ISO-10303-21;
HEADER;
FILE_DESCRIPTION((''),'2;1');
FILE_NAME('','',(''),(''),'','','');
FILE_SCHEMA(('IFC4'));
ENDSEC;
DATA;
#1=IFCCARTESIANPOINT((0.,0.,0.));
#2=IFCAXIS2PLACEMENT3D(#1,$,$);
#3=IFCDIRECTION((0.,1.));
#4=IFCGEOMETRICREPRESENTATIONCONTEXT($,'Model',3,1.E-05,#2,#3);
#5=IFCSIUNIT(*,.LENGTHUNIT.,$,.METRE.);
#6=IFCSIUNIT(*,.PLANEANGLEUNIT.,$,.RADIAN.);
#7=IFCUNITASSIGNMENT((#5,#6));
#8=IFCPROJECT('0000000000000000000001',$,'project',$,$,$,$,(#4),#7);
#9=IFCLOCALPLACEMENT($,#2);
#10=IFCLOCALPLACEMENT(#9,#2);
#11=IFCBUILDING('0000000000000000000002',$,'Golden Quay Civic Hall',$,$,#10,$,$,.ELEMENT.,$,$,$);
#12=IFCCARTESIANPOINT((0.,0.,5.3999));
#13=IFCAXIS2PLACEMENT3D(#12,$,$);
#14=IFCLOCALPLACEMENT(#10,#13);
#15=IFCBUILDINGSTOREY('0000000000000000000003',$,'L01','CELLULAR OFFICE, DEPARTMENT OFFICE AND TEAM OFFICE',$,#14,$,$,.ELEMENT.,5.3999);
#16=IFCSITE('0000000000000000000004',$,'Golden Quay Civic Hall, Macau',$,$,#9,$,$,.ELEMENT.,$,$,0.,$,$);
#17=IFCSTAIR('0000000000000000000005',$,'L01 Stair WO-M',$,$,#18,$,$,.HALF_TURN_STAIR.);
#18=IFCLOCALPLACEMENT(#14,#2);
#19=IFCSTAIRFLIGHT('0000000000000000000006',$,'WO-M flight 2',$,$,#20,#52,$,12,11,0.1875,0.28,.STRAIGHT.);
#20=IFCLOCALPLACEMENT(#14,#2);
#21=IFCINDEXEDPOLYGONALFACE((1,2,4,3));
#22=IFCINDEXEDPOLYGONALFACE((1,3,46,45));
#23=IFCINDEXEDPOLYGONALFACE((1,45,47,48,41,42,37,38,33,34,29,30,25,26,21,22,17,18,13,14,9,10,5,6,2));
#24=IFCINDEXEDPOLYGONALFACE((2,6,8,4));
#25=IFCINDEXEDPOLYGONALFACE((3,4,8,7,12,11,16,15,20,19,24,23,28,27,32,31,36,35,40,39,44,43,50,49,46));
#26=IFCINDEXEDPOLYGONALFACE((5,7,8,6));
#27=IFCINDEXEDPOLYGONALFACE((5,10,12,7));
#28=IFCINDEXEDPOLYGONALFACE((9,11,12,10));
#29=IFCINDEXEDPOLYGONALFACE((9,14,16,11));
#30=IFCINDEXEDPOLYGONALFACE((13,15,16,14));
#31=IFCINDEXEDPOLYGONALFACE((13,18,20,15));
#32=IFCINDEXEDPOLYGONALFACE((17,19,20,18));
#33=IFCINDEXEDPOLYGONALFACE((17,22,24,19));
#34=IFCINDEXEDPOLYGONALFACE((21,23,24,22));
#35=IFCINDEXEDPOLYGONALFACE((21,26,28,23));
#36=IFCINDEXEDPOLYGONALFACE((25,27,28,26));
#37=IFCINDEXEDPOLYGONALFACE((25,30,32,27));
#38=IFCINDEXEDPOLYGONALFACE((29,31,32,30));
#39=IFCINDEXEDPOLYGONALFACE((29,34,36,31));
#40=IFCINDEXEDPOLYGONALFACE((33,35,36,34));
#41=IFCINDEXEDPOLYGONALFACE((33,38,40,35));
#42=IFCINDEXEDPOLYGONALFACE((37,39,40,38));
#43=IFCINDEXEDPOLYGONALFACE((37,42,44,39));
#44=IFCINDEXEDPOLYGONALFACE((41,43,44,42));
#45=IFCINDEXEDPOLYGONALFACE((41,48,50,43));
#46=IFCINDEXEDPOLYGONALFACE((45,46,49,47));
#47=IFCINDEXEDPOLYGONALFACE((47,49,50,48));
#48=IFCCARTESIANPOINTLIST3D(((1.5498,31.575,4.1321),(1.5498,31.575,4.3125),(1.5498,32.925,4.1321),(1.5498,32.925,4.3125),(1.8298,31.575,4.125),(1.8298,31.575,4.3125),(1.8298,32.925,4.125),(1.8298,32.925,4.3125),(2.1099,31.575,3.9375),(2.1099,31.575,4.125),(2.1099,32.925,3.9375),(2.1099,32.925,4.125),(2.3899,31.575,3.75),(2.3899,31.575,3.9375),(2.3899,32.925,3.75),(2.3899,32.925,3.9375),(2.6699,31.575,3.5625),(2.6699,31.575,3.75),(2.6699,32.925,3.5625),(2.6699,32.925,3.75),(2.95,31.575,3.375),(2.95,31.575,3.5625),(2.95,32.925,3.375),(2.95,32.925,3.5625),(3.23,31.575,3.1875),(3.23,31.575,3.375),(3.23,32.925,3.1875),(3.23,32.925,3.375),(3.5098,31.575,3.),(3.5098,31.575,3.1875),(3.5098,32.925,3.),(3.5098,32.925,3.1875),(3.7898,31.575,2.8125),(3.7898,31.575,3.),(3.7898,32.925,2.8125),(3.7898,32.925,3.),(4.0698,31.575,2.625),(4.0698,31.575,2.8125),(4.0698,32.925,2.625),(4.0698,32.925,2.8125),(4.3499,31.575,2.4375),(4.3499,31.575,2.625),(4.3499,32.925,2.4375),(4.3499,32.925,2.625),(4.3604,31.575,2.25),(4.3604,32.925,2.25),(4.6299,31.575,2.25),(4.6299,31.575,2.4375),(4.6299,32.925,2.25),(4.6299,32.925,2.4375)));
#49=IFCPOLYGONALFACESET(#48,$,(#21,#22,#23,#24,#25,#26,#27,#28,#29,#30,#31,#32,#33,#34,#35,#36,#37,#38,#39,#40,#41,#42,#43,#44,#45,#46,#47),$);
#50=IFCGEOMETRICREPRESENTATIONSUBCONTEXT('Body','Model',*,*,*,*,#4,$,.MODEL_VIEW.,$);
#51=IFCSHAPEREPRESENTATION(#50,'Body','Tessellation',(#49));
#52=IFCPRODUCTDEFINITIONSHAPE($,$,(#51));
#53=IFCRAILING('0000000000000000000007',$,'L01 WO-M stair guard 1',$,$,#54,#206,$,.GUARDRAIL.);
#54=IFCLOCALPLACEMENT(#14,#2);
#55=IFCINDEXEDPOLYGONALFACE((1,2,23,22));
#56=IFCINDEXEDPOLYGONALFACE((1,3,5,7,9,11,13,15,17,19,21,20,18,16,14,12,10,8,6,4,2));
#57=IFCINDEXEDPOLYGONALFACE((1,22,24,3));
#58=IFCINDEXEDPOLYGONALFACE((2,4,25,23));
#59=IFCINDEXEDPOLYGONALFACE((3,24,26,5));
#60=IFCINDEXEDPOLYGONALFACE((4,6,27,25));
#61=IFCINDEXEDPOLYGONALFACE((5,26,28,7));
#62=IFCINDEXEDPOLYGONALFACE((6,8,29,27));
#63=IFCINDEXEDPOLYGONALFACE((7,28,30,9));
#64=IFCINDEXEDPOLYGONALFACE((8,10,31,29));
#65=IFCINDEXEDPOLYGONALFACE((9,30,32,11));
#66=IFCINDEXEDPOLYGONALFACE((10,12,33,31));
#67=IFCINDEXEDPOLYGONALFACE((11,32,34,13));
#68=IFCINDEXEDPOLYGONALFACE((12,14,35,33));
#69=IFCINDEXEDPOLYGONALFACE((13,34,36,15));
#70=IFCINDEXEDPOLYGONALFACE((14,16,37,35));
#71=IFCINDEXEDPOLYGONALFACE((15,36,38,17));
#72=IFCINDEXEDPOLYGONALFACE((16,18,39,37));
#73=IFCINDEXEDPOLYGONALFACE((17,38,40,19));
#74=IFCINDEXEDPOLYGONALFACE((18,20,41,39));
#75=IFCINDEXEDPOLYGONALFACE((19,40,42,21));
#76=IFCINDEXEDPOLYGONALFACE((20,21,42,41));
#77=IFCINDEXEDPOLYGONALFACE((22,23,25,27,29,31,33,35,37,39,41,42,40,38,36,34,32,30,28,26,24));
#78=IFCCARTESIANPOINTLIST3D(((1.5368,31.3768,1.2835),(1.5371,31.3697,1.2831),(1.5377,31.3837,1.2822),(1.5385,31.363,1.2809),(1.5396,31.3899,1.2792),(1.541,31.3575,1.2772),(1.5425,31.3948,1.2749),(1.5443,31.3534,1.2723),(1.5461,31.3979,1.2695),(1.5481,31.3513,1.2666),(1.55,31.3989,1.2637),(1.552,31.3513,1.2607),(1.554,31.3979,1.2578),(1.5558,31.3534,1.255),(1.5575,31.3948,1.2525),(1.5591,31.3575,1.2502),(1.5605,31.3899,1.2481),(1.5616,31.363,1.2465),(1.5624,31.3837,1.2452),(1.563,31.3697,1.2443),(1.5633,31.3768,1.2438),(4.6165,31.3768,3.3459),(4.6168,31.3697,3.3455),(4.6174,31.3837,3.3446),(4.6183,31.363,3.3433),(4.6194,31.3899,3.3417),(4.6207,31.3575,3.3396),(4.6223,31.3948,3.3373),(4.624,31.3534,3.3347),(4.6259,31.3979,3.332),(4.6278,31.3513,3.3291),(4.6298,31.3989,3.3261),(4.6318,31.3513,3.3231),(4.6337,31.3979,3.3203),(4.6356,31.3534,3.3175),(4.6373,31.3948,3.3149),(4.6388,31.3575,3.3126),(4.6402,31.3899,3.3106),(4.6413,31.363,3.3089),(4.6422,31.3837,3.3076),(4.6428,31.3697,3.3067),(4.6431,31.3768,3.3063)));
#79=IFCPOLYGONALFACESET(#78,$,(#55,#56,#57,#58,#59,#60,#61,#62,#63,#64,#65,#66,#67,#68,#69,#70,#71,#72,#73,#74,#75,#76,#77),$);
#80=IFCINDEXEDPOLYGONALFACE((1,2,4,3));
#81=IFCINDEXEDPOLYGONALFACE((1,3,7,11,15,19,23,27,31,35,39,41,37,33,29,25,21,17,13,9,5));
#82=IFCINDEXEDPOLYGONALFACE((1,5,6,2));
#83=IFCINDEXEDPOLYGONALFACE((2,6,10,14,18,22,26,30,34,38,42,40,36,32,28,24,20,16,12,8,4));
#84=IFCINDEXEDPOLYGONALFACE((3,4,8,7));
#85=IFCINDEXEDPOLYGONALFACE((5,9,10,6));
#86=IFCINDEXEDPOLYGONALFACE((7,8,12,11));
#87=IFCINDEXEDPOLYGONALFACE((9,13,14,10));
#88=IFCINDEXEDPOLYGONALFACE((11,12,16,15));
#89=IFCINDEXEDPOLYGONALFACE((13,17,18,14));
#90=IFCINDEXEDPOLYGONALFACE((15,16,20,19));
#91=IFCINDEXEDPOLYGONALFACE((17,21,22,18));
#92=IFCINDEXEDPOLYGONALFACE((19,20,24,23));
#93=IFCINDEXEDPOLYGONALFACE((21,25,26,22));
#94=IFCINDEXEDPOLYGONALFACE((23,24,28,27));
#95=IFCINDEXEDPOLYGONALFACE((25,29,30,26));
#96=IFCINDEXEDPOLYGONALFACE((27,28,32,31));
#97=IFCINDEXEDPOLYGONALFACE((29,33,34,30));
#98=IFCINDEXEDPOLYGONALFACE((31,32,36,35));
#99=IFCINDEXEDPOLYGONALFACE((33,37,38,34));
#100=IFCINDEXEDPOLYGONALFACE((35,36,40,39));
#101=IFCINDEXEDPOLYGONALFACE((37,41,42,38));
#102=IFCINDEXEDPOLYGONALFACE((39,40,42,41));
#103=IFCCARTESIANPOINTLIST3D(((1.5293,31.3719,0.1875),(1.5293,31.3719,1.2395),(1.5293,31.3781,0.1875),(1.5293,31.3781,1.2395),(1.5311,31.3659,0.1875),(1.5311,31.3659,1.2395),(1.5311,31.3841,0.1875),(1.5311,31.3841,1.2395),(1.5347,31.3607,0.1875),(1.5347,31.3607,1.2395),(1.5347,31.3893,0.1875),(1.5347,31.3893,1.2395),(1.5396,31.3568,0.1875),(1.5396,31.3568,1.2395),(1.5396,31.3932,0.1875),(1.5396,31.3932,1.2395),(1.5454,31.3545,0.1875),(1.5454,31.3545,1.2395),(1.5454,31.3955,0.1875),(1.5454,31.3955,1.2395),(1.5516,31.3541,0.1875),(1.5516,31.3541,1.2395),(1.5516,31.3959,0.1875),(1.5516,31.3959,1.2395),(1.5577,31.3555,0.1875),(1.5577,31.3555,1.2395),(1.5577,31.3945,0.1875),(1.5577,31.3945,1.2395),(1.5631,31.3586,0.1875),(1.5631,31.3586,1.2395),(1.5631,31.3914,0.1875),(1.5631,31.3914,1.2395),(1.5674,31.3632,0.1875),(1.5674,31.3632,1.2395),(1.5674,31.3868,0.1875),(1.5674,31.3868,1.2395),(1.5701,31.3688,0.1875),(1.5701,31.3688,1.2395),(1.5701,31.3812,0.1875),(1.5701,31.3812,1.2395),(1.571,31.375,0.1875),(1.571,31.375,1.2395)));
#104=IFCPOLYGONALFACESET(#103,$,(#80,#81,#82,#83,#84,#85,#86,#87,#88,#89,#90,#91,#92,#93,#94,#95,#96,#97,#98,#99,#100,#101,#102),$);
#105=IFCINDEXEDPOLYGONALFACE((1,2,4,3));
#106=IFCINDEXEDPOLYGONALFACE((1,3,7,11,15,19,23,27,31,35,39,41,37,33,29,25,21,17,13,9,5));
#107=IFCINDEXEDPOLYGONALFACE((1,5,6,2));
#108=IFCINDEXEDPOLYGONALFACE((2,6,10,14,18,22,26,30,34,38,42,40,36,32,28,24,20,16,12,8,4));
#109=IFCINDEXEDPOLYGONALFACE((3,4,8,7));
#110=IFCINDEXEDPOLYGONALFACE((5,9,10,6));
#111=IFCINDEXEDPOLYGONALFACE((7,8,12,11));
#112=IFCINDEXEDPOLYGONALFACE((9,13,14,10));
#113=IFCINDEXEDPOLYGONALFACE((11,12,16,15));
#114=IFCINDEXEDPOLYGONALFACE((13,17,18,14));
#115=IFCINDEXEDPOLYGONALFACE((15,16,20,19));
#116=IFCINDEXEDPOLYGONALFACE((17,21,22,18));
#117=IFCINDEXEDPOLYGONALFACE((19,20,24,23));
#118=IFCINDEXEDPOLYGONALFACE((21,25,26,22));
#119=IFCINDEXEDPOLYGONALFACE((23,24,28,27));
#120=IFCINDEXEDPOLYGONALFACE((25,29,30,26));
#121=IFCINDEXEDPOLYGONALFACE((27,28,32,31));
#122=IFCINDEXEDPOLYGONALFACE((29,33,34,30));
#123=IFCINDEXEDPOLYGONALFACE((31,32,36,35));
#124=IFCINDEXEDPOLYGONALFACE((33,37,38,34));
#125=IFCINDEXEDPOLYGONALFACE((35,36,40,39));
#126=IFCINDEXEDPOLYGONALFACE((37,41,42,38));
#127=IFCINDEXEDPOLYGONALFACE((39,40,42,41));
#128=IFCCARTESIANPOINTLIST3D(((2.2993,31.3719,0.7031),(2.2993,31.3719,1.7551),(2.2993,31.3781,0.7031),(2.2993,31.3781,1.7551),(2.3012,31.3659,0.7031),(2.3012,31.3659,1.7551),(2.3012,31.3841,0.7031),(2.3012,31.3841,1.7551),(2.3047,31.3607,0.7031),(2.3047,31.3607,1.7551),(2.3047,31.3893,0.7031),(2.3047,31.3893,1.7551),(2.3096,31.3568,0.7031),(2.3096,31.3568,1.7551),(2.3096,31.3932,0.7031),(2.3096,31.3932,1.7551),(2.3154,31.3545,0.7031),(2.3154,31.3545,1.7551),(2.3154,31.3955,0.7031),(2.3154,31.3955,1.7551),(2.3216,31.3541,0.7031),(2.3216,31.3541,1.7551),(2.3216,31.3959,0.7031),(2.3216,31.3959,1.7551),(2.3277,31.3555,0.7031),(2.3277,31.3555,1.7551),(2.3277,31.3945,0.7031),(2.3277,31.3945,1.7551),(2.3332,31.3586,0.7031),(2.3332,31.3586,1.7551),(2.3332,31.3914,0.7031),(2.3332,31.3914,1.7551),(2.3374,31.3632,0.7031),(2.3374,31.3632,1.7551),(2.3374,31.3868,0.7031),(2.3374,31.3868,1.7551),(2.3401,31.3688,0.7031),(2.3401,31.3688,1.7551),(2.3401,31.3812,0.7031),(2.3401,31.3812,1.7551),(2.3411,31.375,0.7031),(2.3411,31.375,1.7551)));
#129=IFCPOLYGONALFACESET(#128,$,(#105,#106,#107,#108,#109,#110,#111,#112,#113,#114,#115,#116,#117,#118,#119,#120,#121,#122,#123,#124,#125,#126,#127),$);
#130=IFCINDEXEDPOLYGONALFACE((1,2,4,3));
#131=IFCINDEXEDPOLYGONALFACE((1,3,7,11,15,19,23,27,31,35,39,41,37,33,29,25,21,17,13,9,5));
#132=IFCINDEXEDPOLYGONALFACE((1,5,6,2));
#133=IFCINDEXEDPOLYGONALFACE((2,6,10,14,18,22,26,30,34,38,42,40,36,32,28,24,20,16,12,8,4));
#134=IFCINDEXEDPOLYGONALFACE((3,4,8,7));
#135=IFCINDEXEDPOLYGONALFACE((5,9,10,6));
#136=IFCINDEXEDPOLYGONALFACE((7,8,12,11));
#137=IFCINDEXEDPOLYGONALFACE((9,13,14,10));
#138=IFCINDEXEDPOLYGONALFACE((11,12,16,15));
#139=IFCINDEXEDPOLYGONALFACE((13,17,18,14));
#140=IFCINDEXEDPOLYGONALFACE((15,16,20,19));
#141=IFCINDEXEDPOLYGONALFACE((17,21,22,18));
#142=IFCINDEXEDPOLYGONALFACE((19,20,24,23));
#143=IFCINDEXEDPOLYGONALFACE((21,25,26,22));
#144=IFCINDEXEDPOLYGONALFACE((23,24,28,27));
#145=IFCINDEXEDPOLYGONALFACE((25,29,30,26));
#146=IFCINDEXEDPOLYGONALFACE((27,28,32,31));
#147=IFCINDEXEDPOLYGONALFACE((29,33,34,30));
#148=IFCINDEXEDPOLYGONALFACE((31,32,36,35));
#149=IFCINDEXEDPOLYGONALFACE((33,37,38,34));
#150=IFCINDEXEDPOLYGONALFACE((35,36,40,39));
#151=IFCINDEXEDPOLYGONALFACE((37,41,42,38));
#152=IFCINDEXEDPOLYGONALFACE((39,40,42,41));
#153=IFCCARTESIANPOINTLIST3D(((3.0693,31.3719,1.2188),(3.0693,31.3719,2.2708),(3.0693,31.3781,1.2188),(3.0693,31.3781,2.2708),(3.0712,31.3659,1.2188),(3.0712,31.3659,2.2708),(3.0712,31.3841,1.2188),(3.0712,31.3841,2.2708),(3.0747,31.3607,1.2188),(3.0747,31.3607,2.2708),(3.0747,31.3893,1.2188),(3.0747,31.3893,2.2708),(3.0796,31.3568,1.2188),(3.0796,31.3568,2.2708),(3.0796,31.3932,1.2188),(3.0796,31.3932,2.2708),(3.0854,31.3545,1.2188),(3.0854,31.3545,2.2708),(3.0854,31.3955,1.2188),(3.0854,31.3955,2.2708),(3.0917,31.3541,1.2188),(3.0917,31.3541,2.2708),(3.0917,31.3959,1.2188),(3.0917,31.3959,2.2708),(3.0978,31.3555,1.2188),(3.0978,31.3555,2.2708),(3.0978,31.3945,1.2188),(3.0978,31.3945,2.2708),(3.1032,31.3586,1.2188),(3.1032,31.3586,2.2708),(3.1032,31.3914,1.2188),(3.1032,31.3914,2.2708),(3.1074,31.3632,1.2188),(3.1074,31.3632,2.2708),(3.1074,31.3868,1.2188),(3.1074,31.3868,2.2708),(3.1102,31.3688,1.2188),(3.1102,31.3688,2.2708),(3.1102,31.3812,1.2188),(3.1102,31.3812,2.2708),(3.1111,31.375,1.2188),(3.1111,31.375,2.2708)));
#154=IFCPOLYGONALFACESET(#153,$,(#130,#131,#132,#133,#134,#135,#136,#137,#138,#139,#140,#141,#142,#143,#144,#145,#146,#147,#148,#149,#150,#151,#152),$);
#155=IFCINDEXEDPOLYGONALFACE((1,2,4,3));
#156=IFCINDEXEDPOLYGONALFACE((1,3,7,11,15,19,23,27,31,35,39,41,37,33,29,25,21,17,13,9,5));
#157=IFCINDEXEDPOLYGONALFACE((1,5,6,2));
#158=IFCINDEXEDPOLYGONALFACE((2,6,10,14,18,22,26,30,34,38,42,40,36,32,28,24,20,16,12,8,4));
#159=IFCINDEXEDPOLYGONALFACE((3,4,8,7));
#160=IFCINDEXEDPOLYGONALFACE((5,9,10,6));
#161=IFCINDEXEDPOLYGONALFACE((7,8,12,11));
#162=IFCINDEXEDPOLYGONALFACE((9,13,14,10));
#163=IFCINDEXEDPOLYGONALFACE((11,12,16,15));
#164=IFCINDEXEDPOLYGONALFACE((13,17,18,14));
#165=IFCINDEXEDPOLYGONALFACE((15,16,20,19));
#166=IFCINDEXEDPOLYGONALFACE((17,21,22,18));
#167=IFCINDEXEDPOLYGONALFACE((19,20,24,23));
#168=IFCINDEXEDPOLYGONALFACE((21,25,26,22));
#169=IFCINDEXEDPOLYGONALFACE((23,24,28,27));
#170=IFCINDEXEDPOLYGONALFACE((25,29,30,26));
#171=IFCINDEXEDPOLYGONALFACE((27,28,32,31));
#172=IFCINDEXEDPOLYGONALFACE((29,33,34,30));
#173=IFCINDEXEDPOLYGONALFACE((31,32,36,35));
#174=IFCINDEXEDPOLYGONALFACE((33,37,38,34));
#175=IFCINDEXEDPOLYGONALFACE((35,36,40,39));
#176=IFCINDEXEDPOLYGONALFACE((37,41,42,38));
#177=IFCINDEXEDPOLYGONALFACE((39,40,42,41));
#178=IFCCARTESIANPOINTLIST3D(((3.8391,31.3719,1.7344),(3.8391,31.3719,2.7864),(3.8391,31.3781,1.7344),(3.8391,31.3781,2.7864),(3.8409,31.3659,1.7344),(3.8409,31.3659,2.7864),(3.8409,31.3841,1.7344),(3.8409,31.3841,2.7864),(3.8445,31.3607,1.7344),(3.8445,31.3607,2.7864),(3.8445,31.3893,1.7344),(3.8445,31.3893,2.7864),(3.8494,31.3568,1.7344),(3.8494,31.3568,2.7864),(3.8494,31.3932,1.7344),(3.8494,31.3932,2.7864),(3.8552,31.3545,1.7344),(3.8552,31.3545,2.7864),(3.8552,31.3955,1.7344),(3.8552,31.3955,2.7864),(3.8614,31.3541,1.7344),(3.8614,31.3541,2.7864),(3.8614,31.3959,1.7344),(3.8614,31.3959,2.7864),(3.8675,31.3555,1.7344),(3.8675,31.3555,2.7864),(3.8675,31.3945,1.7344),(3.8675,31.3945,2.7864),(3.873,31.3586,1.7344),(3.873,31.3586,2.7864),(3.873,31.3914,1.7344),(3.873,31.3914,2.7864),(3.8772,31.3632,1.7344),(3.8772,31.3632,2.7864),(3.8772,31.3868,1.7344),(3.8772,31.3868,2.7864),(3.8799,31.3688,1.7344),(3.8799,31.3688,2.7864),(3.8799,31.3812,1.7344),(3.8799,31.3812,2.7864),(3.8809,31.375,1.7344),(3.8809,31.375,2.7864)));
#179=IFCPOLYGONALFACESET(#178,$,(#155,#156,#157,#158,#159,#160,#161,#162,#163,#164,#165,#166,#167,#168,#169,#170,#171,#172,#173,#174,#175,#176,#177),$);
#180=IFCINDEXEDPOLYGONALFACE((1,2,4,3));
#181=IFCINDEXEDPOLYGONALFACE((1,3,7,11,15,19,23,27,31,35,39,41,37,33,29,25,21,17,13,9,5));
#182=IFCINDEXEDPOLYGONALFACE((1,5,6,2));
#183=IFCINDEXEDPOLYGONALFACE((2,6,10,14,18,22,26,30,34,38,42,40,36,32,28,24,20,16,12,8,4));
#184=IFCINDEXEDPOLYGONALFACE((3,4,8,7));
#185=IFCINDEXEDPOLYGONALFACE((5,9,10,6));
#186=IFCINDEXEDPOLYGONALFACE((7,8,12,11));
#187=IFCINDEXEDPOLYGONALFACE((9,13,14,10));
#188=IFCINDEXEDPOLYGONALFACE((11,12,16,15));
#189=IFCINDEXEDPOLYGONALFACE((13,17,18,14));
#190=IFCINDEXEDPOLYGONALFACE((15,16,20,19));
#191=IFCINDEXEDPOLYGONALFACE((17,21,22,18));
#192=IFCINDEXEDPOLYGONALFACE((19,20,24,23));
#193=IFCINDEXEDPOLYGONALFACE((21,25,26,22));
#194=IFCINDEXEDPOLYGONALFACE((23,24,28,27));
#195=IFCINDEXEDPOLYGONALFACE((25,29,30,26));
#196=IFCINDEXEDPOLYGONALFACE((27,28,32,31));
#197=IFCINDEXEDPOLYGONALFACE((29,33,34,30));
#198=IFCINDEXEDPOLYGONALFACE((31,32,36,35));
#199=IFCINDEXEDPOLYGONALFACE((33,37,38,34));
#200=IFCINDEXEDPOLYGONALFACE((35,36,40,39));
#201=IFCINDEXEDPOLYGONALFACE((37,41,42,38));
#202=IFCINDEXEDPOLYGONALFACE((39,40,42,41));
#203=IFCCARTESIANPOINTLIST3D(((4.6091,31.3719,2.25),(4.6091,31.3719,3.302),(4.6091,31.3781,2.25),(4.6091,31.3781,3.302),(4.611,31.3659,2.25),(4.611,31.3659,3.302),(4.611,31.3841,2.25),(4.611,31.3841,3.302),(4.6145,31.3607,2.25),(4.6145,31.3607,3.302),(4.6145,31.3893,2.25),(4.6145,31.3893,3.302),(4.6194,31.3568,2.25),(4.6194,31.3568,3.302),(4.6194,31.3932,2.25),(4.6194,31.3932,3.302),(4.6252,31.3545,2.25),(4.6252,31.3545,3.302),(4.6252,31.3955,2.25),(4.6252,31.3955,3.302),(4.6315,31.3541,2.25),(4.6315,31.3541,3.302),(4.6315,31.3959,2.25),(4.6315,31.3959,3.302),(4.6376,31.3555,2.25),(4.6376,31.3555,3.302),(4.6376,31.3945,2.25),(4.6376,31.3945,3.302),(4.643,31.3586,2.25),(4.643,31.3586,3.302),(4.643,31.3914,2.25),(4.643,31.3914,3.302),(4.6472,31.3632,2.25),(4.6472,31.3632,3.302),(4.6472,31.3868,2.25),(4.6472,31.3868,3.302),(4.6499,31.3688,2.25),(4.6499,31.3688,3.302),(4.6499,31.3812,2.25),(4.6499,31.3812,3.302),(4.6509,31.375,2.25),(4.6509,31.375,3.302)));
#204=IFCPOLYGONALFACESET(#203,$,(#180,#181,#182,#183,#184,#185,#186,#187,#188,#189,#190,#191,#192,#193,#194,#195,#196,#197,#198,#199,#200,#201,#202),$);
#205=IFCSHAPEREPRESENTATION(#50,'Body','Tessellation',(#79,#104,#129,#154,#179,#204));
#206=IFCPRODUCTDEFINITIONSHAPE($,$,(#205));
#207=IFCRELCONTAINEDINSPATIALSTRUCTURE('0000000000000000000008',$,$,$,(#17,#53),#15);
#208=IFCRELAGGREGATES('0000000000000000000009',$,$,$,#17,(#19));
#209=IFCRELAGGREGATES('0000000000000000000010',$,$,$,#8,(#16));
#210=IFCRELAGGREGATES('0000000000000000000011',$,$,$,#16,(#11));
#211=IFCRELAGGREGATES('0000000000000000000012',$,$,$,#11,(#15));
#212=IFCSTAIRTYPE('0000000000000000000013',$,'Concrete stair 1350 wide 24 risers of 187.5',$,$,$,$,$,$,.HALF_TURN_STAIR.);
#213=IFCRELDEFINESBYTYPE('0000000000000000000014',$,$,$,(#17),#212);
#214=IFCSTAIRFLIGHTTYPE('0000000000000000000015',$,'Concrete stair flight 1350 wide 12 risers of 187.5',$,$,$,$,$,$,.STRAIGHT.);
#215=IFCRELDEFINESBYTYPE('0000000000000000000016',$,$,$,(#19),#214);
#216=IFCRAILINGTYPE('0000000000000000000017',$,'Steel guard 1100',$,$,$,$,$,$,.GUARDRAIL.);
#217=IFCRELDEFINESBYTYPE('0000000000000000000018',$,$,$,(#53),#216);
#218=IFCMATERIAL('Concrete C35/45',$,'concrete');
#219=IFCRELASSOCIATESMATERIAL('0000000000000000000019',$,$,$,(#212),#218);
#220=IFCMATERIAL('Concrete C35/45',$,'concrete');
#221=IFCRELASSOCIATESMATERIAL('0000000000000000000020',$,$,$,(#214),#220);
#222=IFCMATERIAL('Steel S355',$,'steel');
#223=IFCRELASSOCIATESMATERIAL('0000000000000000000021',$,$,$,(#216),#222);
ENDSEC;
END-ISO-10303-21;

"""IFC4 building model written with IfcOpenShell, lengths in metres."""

from ifc_helpers import new_model, si_unit, direction, frame, origin, origin_2d, place, context, subcontext, project, spatial, polyline, circle, outline, extrude, material, type_object, element, aggregate, save


model = new_model("IFC4")

# Units and contexts
model_context = context("Model", 3, precision=1e-05, world=origin(), true_north=direction((0.0, 1.0)))
body_context = subcontext(model_context, "Body", "Model", "MODEL_VIEW")
ifc_project = project(units=[si_unit("LENGTHUNIT", "METRE"), si_unit("PLANEANGLEUNIT", "RADIAN")], contexts=[model_context])

# Site, building, storey
site_placement = place(None, origin())
site = spatial("IfcSite", under=ifc_project, at=site_placement, Name="Golden Quay Civic Hall, Macau", CompositionType="ELEMENT", RefElevation=0.0)
building_placement = place(site_placement, origin())
building = spatial("IfcBuilding", under=site, at=building_placement, Name="Golden Quay Civic Hall", CompositionType="ELEMENT")
storey_placement = place(building_placement, frame((0.0, 0.0, 5.3999)))
storey = spatial("IfcBuildingStorey", under=building, at=storey_placement, Name="L01", Description="CELLULAR OFFICE, DEPARTMENT OFFICE AND TEAM OFFICE", CompositionType="ELEMENT", Elevation=5.3999)

# Stair, stair flight
ifc_material_1 = material(Name="Concrete C35/45", Category="concrete")
stair_type = type_object("IfcStairType", Name="Concrete stair 1350 wide 24 risers of 187.5", PredefinedType="HALF_TURN_STAIR", material=ifc_material_1)
stair_placement = place(storey_placement, origin())
stair = element("IfcStair", 1, at=stair_placement, inside=storey, type_object=stair_type, Name="L01 Stair WO-M", PredefinedType="HALF_TURN_STAIR")
ifc_material_2 = material(Name="Concrete C35/45", Category="concrete")
stair_flight_type = type_object("IfcStairFlightType", Name="Concrete stair flight 1350 wide 12 risers of 187.5", PredefinedType="STRAIGHT", material=ifc_material_2)
stair_flight_1_placement = place(storey_placement, frame((4.6299, 32.25, 2.25), z_axis=(0.0, 0.0, 1.0), x_axis=(-1.0, 0.0, 0.0)))
stair_flight_1 = element("IfcStairFlight", 2, at=stair_flight_1_placement, type_object=stair_flight_type, Name="WO-M flight 2", NumberOfRisers=12, NumberOfTreads=11, PredefinedType="STRAIGHT", RiserHeight=0.1875, TreadLength=0.28, context=body_context, shape_type="SweptSolid", body=[
    extrude(outline(polyline([(0.0, 0.0), (0.0, 0.1875), (0.28, 0.1875), (0.28, 0.375), (0.5601, 0.375), (0.5601, 0.5625), (0.8401, 0.5625), (0.8401, 0.75), (1.1201, 0.75), (1.1201, 0.9375), (1.3999, 0.9375), (1.3999, 1.125), (1.6799, 1.125), (1.6799, 1.3125), (1.96, 1.3125), (1.96, 1.5), (2.24, 1.5), (2.24, 1.6875), (2.52, 1.6875), (2.52, 1.875), (2.8, 1.875), (2.8, 2.0625), (3.0801, 2.0625), (3.0801, 2.25), (3.0801, 1.8821), (0.2695, 0.0), (0.0, 0.0)])), frame((0.0, 0.675, 0.0), z_axis=(0.0, -1.0, 0.0), x_axis=(1.0, 0.0, 0.0)), (0.0, 0.0, 1.0), 1.35),
])
aggregate(stair, [stair_flight_1])

# Railing
ifc_material_3 = material(Name="Steel S355", Category="steel")
railing_type_1 = type_object("IfcRailingType", Name="Steel guard 1100", PredefinedType="GUARDRAIL", material=ifc_material_3)
railing_1_placement = place(storey_placement, frame((1.55, 31.375, 0.1875)))
element("IfcRailing", 3, at=railing_1_placement, inside=storey, type_object=railing_type_1, Name="L01 WO-M stair guard 1", PredefinedType="GUARDRAIL", context=body_context, shape_type="SweptSolid", body=[
    extrude(circle(Radius=0.0239, at=origin_2d()), frame((0.0, 0.0, 1.0762), z_axis=(0.830893, 0.0, 0.556432), x_axis=(0.0, 1.0, 0.0)), (0.0, 0.0, 1.0), 3.7065),
    extrude(circle(Radius=0.021, at=origin_2d()), origin(), (0.0, 0.0, 1.0), 1.052),
    extrude(circle(Radius=0.021, at=origin_2d()), frame((0.77, 0.0, 0.5156)), (0.0, 0.0, 1.0), 1.052),
    extrude(circle(Radius=0.021, at=origin_2d()), frame((1.54, 0.0, 1.0312)), (0.0, 0.0, 1.0), 1.052),
    extrude(circle(Radius=0.021, at=origin_2d()), frame((2.3098, 0.0, 1.5469)), (0.0, 0.0, 1.0), 1.052),
    extrude(circle(Radius=0.021, at=origin_2d()), frame((3.0798, 0.0, 2.0625)), (0.0, 0.0, 1.0), 1.052),
])

save(model, "model.ifc")
